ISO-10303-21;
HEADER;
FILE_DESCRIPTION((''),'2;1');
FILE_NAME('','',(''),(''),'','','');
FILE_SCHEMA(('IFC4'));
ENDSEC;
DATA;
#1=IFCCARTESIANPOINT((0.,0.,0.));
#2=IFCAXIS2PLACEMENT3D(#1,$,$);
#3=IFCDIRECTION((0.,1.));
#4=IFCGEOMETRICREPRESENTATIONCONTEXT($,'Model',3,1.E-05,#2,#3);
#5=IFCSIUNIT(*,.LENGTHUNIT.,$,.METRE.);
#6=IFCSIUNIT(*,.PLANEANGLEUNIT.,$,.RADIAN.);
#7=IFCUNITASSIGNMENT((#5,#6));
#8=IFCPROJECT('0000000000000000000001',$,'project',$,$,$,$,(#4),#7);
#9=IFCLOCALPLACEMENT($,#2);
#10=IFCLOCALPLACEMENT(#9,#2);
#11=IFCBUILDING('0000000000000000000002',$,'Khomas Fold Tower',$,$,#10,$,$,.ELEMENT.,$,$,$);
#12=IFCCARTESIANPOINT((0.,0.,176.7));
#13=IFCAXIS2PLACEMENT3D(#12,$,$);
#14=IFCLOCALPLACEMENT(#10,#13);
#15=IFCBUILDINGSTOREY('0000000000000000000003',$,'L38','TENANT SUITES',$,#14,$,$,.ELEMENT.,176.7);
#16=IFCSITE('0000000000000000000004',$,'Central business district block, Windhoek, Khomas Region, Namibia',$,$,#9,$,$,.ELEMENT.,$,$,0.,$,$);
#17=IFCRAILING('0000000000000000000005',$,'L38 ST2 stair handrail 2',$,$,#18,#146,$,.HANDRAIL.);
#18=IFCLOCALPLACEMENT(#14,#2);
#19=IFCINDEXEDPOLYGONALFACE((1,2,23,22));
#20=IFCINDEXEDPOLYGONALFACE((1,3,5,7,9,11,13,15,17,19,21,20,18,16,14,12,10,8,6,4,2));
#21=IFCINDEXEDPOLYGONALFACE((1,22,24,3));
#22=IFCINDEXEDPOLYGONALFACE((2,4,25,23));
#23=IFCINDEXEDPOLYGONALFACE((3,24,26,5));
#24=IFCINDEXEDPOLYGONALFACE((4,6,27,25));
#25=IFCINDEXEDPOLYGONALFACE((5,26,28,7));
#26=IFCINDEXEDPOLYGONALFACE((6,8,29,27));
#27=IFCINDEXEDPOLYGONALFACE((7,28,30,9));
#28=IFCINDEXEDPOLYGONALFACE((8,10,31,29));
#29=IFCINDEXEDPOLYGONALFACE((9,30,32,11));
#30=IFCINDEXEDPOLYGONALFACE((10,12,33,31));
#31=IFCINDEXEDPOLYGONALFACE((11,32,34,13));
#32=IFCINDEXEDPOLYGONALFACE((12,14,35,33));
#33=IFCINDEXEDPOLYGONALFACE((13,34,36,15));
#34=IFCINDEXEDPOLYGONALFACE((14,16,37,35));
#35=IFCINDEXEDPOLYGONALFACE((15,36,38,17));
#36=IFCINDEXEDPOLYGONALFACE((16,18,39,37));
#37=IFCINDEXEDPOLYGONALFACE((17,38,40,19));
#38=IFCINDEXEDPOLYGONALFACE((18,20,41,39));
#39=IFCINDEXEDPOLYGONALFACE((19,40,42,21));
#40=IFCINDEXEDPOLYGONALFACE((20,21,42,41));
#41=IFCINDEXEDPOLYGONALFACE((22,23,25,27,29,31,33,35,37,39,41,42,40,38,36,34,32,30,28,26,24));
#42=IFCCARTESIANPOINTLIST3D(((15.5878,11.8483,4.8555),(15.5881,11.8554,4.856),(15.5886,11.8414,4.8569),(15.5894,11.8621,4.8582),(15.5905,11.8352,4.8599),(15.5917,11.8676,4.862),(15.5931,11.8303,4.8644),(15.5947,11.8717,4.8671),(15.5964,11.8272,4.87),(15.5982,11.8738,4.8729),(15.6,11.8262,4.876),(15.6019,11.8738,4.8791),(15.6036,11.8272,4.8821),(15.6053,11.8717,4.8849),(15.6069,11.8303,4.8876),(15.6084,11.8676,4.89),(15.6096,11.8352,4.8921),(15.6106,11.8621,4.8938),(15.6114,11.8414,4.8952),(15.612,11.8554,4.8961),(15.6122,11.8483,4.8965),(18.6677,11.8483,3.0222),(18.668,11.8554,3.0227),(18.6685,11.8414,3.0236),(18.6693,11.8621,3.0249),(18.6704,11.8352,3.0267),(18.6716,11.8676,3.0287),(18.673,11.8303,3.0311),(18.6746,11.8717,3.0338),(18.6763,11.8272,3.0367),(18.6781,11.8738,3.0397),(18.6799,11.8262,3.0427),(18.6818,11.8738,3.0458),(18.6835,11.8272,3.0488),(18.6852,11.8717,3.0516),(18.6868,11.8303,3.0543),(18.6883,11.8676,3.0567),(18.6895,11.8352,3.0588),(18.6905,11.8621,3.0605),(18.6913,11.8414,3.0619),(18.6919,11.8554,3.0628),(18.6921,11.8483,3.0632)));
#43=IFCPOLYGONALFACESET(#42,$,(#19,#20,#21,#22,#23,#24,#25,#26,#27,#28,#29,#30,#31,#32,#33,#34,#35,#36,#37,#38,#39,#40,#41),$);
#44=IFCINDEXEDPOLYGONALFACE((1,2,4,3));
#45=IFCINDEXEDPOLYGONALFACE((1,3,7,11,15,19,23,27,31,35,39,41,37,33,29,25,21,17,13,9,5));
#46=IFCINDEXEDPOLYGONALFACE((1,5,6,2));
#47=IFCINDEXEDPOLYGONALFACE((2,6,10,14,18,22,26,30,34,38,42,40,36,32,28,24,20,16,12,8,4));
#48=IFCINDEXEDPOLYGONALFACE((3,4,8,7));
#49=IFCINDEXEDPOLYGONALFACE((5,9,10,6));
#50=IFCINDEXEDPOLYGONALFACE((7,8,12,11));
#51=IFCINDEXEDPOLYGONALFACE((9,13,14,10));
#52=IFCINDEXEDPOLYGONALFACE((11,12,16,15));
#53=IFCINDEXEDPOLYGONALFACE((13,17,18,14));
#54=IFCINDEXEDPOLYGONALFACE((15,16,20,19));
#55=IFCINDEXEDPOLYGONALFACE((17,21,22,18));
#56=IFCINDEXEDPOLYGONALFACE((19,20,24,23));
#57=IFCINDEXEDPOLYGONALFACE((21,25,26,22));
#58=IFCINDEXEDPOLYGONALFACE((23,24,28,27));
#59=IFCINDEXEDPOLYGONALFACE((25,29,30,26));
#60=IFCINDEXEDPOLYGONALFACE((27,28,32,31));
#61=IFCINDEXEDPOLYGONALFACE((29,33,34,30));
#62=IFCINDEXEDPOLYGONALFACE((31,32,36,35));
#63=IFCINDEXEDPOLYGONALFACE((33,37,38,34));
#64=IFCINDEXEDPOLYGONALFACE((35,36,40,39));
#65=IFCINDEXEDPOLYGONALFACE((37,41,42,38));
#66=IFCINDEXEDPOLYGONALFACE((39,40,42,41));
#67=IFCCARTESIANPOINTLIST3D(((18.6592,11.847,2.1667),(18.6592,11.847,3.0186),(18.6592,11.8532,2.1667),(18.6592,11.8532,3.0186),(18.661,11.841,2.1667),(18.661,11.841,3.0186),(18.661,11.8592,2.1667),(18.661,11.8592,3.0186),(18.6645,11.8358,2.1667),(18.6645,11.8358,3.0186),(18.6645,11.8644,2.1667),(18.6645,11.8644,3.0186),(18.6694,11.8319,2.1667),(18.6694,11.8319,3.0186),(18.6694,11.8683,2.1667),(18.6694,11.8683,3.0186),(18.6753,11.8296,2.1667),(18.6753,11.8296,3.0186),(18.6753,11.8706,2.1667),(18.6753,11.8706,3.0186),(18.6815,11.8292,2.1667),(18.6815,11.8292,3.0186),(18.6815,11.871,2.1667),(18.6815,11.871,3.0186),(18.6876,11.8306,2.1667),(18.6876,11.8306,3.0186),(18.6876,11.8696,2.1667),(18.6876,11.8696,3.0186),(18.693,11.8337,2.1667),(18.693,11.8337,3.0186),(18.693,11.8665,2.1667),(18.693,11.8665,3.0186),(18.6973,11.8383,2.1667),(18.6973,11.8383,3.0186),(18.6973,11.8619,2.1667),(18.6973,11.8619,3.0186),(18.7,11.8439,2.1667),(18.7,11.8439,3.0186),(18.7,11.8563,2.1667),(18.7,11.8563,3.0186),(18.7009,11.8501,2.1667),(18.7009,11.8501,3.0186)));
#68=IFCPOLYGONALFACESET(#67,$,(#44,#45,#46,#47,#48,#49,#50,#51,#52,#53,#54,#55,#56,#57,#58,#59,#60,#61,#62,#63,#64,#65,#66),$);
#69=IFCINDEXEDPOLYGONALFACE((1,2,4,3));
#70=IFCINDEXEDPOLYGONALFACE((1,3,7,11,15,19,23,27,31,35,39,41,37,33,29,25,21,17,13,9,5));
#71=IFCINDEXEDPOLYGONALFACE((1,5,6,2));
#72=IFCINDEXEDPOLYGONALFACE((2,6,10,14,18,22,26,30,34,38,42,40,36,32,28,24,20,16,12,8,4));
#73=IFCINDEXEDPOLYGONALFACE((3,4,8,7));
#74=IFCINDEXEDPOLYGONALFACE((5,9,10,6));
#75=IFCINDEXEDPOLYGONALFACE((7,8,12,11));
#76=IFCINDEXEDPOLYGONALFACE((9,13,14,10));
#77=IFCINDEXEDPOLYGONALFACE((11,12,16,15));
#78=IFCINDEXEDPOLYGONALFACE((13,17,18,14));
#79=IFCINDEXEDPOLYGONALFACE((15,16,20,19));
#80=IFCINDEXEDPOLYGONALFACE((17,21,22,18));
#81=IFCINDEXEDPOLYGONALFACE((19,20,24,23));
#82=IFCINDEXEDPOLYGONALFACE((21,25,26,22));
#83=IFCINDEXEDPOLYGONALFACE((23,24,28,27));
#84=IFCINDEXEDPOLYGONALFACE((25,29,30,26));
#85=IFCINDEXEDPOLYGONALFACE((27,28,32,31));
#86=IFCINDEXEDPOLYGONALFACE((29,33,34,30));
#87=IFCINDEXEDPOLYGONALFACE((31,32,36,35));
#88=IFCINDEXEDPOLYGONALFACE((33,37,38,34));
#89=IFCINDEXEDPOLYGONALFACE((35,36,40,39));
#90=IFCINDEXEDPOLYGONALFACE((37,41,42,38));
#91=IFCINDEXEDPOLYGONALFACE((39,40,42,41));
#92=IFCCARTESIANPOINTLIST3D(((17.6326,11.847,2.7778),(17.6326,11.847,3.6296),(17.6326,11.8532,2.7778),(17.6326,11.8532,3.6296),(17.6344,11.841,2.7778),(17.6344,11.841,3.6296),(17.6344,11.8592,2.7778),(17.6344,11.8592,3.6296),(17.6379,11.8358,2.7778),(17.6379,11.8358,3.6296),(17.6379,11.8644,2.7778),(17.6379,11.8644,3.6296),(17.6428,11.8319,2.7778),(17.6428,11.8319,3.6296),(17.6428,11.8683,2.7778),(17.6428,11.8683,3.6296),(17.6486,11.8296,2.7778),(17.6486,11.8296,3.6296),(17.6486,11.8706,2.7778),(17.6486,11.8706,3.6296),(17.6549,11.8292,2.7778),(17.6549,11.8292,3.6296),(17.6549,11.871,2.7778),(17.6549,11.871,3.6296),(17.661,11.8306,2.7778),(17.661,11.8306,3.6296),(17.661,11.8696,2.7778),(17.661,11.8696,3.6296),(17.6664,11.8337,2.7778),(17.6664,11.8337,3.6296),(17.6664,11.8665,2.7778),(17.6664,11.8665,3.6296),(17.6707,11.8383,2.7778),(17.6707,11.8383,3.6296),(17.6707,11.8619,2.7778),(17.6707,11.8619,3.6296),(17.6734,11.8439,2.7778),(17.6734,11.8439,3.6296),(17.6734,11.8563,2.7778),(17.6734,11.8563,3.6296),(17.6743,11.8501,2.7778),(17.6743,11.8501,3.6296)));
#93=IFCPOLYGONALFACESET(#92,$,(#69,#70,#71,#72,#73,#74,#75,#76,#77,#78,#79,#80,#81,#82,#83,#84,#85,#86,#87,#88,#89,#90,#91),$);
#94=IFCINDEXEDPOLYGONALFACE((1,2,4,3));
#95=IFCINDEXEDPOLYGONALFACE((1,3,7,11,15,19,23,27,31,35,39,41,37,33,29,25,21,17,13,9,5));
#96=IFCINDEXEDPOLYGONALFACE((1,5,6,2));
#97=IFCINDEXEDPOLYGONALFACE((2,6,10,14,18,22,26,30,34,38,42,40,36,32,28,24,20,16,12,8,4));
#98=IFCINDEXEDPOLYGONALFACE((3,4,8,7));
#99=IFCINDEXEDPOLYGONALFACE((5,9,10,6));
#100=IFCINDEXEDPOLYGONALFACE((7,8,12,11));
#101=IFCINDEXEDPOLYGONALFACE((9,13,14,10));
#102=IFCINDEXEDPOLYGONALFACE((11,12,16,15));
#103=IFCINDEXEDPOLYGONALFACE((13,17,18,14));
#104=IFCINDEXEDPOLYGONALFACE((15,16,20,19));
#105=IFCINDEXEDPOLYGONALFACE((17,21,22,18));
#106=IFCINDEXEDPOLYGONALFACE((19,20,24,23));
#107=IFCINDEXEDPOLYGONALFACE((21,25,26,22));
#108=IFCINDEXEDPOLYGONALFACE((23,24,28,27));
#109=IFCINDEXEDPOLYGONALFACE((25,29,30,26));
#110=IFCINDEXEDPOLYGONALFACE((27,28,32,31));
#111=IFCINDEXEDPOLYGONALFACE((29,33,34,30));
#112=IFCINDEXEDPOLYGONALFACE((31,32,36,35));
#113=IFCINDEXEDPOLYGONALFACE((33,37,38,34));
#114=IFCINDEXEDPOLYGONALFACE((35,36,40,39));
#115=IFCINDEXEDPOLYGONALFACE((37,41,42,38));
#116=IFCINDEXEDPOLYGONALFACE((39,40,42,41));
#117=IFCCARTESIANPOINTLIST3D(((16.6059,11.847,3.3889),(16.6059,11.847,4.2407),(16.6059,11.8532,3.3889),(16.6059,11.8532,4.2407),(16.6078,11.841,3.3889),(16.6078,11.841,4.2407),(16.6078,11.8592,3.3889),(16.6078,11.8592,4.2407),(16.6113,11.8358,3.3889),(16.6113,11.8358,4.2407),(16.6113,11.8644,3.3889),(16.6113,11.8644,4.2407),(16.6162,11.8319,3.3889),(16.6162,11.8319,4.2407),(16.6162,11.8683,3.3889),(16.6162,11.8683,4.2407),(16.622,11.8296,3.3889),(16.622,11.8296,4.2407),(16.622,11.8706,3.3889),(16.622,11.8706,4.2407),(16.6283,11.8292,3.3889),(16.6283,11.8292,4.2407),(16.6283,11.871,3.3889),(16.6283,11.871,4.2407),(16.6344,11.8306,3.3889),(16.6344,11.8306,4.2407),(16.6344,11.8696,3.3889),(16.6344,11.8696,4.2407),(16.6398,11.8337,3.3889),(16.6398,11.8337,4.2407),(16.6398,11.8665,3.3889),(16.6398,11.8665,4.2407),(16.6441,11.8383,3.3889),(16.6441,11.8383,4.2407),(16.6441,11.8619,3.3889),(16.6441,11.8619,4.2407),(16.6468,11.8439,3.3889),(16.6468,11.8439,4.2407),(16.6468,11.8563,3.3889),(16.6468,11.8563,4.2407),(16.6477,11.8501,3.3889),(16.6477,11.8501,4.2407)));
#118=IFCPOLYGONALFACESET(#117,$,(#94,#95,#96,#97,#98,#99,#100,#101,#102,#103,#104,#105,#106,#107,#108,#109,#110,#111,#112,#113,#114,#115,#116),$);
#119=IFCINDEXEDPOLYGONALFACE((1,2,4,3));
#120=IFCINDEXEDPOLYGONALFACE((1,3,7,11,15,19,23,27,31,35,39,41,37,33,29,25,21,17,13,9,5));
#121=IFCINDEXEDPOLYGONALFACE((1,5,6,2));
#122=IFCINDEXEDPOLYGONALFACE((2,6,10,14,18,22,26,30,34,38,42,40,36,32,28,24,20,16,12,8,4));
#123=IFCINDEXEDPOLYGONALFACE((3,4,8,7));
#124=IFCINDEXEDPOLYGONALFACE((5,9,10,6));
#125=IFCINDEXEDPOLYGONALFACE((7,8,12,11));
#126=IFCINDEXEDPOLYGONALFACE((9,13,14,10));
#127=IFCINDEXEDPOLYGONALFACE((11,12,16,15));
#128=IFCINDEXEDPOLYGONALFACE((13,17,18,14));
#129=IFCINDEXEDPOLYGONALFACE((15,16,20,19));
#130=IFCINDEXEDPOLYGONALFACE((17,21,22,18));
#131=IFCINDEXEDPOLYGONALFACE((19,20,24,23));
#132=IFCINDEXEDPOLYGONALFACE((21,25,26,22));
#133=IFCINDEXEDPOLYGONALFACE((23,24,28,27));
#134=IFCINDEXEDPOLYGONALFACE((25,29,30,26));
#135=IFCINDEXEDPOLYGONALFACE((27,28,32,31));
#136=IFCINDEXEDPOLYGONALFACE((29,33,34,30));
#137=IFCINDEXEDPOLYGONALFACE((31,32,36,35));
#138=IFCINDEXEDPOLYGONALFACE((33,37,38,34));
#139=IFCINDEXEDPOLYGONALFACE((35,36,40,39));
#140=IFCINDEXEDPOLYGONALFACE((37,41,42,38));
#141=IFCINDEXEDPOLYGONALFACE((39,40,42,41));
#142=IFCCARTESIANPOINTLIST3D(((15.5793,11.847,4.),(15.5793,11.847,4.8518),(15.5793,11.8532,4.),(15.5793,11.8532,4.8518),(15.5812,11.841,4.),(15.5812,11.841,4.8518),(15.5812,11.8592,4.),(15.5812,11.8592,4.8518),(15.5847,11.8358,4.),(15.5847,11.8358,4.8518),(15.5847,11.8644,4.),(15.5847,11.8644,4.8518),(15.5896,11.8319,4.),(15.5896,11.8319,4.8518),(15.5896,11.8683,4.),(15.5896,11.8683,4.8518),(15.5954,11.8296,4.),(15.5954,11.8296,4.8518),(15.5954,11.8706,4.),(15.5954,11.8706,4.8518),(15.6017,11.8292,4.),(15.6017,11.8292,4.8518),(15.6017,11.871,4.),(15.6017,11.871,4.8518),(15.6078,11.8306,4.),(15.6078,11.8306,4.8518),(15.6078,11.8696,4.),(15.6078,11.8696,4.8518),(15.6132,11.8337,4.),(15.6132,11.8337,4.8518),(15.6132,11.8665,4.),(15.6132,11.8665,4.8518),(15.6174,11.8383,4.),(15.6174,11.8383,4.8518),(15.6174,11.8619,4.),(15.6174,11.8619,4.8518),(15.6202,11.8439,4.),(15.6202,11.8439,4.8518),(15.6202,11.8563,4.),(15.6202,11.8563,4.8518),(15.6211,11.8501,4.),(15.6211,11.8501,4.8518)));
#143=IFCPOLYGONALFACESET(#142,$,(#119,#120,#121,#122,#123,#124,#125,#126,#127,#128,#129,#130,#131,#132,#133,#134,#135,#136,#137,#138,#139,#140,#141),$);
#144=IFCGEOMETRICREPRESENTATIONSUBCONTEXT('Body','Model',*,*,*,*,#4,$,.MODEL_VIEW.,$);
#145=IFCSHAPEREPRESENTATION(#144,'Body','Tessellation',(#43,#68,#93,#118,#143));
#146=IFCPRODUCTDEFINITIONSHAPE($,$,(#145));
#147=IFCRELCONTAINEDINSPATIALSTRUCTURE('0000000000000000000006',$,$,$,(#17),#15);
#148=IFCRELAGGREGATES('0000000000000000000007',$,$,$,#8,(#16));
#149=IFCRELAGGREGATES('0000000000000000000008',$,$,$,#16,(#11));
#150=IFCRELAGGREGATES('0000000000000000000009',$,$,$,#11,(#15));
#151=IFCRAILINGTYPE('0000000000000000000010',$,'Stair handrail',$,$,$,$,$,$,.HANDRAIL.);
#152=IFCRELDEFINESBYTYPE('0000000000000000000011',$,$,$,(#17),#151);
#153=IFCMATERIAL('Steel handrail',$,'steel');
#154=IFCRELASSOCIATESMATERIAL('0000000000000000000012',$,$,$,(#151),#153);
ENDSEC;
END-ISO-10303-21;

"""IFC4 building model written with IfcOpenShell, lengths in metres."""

from ifc_helpers import new_model, si_unit, direction, frame, origin, origin_2d, place, context, subcontext, project, spatial, circle, extrude, source, transform, mapped, material, type_object, element, save


model = new_model("IFC4")

# Units and contexts
model_context = context("Model", 3, precision=1e-05, world=origin(), true_north=direction((0.0, 1.0)))
body_context = subcontext(model_context, "Body", "Model", "MODEL_VIEW")
ifc_project = project(units=[si_unit("LENGTHUNIT", "METRE"), si_unit("PLANEANGLEUNIT", "RADIAN")], contexts=[model_context])

# Site, building, storey
site_placement = place(None, origin())
site = spatial("IfcSite", under=ifc_project, at=site_placement, Name="Central business district block, Windhoek, Khomas Region, Namibia", CompositionType="ELEMENT", RefElevation=0.0)
building_placement = place(site_placement, origin())
building = spatial("IfcBuilding", under=site, at=building_placement, Name="Khomas Fold Tower", CompositionType="ELEMENT")
storey_placement = place(building_placement, frame((0.0, 0.0, 176.7)))
storey = spatial("IfcBuildingStorey", under=building, at=storey_placement, Name="L38", Description="TENANT SUITES", CompositionType="ELEMENT", Elevation=176.7)

# Railing
ifc_material_1 = material(Name="Steel handrail", Category="steel")
railing_type_1 = type_object("IfcRailingType", Name="Stair handrail", PredefinedType="HANDRAIL", material=ifc_material_1)
shared_shape_1 = source(origin(), body_context, "Body", "SweptSolid", [
    extrude(circle(Radius=0.0239, at=origin_2d()), frame((0.0, 0.0, 0.876), z_axis=(-0.859291, 0.0, 0.511487), x_axis=(0.0, -1.0, 0.0)), (0.0, 0.0, 1.0), 3.5842),
    extrude(circle(Radius=0.021, at=origin_2d()), origin(), (0.0, 0.0, 1.0), 0.8518),
    extrude(circle(Radius=0.021, at=origin_2d()), frame((-1.0266, 0.0, 0.6111)), (0.0, 0.0, 1.0), 0.8518),
    extrude(circle(Radius=0.021, at=origin_2d()), frame((-2.0532, 0.0, 1.2222)), (0.0, 0.0, 1.0), 0.8518),
    extrude(circle(Radius=0.021, at=origin_2d()), frame((-3.0798, 0.0, 1.8333)), (0.0, 0.0, 1.0), 0.8518),
])
railing_1_placement = place(storey_placement, frame((18.6799, 11.8501, 2.1667)))
element("IfcRailing", 1, at=railing_1_placement, inside=storey, type_object=railing_type_1, Name="L38 ST2 stair handrail 2", PredefinedType="HANDRAIL", context=body_context, shape_type="MappedRepresentation", body=[
    mapped(shared_shape_1, transform((0.0, 0.0, 0.0))),
])

save(model, "model.ifc")
